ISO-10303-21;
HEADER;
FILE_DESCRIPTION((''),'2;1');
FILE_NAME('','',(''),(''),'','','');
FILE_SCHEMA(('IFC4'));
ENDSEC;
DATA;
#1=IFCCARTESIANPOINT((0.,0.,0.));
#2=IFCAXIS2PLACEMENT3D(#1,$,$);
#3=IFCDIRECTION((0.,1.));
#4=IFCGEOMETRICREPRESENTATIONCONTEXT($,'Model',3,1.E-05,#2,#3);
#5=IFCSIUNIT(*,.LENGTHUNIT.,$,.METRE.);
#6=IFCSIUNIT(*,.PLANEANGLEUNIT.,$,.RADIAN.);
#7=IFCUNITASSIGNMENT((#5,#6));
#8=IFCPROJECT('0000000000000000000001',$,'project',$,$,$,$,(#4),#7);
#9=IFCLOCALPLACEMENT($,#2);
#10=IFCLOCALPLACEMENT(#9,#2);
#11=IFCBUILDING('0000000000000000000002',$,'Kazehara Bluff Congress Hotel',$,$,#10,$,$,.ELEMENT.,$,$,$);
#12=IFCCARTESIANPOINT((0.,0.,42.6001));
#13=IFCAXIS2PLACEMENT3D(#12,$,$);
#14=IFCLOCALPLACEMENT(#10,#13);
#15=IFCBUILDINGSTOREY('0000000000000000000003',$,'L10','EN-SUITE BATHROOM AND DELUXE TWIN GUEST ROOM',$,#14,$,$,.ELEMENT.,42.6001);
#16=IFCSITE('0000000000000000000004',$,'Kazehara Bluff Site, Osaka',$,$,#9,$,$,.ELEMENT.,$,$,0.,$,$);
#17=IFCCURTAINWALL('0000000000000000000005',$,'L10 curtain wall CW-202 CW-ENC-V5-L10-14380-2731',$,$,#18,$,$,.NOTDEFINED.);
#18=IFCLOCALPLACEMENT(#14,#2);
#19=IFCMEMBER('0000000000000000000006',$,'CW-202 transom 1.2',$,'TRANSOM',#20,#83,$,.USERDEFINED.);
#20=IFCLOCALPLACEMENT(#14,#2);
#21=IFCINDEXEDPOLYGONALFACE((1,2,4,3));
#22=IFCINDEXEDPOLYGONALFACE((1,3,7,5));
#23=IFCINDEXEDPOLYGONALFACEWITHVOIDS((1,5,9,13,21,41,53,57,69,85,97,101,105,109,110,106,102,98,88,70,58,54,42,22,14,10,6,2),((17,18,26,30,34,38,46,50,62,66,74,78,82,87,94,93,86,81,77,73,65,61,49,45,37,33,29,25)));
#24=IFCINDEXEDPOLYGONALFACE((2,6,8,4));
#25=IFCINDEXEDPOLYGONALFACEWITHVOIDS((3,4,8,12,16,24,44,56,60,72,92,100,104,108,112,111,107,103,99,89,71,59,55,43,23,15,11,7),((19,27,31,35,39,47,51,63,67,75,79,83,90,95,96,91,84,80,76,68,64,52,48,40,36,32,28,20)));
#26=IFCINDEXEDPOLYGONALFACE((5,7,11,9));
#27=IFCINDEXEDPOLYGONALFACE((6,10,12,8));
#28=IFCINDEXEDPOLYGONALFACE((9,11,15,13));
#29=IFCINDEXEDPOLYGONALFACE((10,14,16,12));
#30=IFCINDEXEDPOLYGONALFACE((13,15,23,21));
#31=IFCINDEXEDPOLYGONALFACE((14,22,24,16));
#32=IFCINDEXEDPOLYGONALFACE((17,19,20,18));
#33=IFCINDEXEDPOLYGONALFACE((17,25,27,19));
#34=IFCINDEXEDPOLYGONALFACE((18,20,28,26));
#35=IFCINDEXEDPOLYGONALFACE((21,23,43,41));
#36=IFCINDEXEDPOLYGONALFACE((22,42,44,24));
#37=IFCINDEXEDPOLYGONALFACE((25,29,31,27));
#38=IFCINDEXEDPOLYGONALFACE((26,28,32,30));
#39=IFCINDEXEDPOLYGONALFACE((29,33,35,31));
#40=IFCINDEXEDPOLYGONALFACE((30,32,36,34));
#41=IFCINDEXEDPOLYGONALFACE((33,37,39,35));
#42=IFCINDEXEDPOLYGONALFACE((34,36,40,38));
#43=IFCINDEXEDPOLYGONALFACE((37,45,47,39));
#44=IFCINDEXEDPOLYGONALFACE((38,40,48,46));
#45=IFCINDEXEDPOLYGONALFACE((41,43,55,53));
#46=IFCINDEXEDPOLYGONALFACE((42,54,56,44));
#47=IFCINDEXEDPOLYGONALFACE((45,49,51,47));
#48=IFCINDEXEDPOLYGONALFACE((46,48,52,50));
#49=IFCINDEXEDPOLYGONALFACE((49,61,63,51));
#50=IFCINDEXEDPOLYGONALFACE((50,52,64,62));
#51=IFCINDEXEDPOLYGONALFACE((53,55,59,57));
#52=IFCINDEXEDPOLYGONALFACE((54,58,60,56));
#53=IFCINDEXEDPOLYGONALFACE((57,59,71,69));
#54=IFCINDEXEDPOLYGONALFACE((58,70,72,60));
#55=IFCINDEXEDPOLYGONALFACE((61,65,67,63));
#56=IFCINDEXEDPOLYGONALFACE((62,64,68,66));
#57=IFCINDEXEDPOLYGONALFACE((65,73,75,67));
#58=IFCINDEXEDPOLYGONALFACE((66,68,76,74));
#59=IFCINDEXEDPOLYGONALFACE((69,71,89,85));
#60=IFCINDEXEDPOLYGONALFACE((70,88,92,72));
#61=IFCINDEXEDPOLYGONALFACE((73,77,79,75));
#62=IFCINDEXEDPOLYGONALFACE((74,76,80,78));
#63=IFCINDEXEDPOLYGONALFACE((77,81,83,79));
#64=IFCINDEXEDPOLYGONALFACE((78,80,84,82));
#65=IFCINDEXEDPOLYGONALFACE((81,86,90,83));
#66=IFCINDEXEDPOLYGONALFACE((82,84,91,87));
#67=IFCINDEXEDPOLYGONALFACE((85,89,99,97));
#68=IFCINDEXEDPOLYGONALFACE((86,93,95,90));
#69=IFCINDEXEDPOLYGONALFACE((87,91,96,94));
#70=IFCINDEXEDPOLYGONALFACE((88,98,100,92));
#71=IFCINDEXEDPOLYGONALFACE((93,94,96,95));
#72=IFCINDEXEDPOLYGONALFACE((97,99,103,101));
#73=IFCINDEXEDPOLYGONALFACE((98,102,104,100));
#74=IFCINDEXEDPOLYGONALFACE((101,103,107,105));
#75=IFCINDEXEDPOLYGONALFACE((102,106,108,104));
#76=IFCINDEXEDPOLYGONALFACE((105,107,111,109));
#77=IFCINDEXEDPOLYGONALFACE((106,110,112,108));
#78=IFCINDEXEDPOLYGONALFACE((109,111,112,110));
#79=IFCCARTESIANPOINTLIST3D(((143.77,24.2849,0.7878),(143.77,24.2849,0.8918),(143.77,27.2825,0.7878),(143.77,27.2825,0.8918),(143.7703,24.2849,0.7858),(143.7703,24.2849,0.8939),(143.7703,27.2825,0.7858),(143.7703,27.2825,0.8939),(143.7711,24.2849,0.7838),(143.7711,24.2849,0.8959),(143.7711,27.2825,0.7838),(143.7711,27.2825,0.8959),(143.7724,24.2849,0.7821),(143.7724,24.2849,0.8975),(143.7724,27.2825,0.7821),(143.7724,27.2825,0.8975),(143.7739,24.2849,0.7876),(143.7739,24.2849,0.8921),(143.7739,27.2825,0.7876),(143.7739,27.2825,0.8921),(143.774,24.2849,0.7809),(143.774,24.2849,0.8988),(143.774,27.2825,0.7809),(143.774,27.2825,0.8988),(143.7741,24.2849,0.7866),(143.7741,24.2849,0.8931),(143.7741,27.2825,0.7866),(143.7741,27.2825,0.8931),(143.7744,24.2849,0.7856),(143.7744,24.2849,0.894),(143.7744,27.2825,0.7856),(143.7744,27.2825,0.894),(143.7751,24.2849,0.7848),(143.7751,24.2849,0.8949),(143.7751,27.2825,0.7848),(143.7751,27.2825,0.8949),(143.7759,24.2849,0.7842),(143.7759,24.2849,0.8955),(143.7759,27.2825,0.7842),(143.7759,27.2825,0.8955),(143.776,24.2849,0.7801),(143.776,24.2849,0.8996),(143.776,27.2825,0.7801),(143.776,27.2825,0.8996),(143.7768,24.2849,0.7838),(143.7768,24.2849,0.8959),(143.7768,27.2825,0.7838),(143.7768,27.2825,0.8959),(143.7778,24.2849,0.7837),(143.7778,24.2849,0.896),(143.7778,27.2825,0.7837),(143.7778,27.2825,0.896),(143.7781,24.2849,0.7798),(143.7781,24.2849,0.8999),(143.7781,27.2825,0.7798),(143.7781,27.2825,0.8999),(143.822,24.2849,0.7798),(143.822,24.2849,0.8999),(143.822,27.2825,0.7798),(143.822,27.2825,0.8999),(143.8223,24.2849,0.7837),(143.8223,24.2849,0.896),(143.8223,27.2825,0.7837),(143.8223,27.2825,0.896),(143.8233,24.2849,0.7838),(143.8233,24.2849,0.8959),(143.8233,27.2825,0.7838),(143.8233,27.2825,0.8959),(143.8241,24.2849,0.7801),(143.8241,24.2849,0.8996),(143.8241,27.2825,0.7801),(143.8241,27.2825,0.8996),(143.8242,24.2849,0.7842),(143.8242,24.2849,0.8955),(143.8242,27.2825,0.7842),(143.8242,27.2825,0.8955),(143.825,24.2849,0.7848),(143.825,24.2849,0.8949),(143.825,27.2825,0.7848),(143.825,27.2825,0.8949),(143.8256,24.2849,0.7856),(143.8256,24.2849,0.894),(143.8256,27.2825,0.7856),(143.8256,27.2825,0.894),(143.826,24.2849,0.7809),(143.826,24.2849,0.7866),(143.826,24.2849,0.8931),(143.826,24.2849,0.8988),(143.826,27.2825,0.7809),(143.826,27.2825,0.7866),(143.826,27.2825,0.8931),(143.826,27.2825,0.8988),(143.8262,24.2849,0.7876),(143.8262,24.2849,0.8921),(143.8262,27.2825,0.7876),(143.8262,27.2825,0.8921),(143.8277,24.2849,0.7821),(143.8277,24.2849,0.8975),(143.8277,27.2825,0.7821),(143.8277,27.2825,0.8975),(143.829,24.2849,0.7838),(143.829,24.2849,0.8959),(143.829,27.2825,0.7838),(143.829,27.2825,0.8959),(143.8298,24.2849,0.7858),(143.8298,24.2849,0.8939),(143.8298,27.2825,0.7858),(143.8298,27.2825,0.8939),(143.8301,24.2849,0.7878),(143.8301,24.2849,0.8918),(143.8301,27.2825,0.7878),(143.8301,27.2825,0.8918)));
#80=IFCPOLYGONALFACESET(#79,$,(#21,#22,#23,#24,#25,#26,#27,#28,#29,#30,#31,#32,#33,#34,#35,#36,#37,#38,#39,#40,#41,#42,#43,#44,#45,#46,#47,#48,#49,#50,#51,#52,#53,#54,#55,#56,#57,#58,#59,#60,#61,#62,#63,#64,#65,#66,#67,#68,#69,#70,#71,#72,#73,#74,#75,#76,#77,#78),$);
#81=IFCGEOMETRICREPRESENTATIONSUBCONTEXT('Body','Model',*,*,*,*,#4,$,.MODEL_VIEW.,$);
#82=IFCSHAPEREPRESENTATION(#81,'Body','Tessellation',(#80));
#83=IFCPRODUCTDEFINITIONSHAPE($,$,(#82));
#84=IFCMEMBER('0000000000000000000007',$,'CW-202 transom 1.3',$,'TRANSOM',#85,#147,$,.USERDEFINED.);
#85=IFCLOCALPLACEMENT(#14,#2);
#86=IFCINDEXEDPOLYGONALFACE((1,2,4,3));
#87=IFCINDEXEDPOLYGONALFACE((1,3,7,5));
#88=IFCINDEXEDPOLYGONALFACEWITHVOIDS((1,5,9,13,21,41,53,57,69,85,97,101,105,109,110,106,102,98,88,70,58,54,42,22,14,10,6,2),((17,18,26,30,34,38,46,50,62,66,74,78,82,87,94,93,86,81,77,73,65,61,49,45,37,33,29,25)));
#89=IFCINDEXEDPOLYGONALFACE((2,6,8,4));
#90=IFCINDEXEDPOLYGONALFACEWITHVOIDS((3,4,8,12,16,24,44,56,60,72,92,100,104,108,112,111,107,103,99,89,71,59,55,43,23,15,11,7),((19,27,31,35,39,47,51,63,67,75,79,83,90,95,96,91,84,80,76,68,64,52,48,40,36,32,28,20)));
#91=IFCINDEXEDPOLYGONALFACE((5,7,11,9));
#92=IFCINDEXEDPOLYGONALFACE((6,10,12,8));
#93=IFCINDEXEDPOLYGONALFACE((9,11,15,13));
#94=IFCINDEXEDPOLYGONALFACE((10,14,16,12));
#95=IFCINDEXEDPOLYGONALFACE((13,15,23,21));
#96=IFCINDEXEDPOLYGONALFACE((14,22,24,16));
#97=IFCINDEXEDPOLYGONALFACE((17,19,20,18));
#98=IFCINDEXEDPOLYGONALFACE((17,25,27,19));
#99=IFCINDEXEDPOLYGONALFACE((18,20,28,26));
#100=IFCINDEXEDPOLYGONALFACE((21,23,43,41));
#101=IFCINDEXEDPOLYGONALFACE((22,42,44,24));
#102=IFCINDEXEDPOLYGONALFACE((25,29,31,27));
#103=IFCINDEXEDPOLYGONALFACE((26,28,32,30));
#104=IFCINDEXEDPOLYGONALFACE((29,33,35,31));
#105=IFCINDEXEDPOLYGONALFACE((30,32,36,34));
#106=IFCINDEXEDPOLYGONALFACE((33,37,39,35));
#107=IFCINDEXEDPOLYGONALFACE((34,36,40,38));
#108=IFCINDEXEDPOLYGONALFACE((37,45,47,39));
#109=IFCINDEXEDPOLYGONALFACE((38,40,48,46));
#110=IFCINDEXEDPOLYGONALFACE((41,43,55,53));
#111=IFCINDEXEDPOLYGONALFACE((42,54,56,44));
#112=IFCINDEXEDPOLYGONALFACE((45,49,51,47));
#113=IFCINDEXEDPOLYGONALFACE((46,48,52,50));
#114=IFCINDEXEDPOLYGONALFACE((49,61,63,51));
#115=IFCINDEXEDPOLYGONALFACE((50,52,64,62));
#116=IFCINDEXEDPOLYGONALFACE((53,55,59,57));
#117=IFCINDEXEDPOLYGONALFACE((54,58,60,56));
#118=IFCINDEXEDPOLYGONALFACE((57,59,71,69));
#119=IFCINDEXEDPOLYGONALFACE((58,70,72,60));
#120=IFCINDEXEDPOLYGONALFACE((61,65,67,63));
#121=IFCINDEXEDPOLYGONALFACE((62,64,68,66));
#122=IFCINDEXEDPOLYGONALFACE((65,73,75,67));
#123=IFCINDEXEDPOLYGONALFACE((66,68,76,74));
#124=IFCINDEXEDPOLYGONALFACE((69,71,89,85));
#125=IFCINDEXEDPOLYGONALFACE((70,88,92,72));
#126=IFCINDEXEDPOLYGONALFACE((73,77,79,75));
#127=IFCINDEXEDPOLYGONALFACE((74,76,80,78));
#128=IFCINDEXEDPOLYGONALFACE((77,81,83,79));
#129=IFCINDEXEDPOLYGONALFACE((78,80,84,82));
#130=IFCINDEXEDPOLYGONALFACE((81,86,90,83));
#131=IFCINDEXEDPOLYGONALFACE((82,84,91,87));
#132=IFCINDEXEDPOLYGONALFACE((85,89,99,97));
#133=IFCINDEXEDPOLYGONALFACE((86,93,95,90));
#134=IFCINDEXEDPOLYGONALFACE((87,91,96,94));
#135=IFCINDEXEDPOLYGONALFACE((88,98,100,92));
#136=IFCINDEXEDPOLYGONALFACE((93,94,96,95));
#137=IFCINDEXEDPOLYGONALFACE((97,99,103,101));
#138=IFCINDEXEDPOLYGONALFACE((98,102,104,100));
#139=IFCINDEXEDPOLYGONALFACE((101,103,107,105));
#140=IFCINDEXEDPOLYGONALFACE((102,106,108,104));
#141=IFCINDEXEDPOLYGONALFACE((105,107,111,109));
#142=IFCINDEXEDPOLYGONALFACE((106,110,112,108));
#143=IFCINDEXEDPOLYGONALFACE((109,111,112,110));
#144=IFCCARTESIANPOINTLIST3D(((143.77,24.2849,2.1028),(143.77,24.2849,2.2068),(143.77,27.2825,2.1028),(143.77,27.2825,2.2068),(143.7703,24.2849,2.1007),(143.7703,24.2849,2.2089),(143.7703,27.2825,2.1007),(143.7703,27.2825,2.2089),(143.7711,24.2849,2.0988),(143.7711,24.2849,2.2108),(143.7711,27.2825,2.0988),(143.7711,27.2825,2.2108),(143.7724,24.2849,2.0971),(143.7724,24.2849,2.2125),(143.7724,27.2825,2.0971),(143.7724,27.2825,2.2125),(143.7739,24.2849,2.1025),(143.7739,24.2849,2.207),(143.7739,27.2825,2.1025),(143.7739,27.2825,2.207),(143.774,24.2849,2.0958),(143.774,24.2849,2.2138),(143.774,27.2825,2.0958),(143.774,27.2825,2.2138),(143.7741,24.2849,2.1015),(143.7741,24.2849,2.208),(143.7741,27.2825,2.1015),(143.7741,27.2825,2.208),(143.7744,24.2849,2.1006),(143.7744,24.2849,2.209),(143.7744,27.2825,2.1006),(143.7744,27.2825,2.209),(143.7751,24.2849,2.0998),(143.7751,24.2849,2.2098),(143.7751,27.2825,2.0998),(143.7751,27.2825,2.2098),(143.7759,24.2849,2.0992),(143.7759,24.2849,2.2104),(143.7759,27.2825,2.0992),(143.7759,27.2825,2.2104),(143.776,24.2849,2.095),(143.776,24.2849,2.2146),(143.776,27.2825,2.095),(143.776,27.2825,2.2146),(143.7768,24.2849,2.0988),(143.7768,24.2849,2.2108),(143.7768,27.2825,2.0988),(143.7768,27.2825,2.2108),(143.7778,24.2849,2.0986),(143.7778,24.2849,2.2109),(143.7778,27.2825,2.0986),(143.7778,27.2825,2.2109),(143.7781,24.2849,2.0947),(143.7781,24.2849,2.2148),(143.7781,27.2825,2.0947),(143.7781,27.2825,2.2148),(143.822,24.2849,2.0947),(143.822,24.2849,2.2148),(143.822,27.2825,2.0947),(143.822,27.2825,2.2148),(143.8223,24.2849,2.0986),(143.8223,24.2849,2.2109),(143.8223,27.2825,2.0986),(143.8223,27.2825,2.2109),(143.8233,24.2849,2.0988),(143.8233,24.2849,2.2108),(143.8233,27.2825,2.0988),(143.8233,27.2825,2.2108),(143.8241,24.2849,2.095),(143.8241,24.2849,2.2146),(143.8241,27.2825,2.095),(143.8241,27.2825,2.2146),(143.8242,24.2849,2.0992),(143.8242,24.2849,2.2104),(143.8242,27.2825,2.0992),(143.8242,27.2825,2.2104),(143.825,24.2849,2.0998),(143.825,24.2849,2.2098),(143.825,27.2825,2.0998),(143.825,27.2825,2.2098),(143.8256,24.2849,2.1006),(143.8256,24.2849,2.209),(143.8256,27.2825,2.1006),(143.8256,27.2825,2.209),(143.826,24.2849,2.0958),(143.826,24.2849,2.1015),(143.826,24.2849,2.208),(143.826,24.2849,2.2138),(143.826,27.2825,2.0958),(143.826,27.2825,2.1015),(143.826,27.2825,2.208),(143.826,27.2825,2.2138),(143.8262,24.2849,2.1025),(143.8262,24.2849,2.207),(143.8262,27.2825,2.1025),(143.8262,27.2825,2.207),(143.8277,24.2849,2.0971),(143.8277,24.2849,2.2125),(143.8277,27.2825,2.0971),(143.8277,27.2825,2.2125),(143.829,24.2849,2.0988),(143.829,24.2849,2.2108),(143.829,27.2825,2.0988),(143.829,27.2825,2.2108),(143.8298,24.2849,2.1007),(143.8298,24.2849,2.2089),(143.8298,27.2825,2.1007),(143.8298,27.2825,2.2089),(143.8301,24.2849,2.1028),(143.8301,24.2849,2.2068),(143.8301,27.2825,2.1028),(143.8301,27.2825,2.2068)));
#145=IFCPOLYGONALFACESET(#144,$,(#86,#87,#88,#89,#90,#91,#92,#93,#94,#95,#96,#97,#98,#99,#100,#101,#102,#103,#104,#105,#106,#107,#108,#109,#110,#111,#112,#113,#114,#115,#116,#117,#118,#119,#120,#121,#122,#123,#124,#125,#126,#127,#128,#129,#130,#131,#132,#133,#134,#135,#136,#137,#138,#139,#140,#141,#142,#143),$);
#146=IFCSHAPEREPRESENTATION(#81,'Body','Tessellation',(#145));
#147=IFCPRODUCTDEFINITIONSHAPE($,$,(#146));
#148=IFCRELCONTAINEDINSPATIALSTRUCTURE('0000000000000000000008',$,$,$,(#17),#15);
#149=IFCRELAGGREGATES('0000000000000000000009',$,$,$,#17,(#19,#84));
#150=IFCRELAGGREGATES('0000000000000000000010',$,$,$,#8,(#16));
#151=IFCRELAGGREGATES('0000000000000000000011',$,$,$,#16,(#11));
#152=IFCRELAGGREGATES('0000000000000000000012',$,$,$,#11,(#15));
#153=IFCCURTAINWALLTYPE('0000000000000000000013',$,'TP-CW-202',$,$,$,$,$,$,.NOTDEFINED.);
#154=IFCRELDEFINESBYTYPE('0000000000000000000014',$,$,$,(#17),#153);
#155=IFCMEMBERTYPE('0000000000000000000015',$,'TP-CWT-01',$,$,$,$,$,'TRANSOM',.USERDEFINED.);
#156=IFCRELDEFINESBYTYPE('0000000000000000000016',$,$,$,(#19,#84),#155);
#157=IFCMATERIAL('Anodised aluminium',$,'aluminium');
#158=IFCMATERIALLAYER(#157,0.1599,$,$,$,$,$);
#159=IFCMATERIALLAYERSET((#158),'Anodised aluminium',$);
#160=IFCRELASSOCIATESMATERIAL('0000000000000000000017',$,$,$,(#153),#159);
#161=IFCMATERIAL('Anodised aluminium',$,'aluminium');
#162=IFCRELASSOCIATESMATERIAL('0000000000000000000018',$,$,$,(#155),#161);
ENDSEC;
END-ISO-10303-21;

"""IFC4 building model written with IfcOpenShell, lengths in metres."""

from ifc_helpers import new_model, si_unit, direction, frame, origin, origin_2d, place, context, subcontext, project, spatial, hollow_rectangle, extrude, material, layer, layer_set, material_profile, profile_set, type_object, element, aggregate, save


model = new_model("IFC4")

# Units and contexts
model_context = context("Model", 3, precision=1e-05, world=origin(), true_north=direction((0.0, 1.0)))
body_context = subcontext(model_context, "Body", "Model", "MODEL_VIEW")
ifc_project = project(units=[si_unit("LENGTHUNIT", "METRE"), si_unit("PLANEANGLEUNIT", "RADIAN")], contexts=[model_context])

# Site, building, storey
site_placement = place(None, origin())
site = spatial("IfcSite", under=ifc_project, at=site_placement, Name="Kazehara Bluff Site, Osaka", CompositionType="ELEMENT", RefElevation=0.0)
building_placement = place(site_placement, origin())
building = spatial("IfcBuilding", under=site, at=building_placement, Name="Kazehara Bluff Congress Hotel", CompositionType="ELEMENT")
storey_placement = place(building_placement, frame((0.0, 0.0, 42.6001)))
storey = spatial("IfcBuildingStorey", under=building, at=storey_placement, Name="L10", Description="EN-SUITE BATHROOM AND DELUXE TWIN GUEST ROOM", CompositionType="ELEMENT", Elevation=42.6001)

# Curtain wall
ifc_material_1 = material(Name="Anodised aluminium", Category="aluminium")
ifc_layer_1 = layer(ifc_material_1, 0.1599)
ifc_layer_set_1 = layer_set([ifc_layer_1], Name="Anodised aluminium")
curtain_wall_type_1 = type_object("IfcCurtainWallType", Name="TP-CW-202", PredefinedType="NOTDEFINED", material=ifc_layer_set_1)
curtain_wall_1_placement = place(storey_placement, origin())
curtain_wall_1 = element("IfcCurtainWall", 1, at=curtain_wall_1_placement, inside=storey, type_object=curtain_wall_type_1, Name="L10 curtain wall CW-202 CW-ENC-V5-L10-14380-2731", PredefinedType="NOTDEFINED")

# Members
ifc_material_2 = material(Name="Anodised aluminium", Category="aluminium")
ifc_material_profile_1 = material_profile(ifc_material_2, hollow_rectangle(XDim=0.0601, YDim=0.1201, WallThickness=0.0039, InnerFilletRadius=0.0039, OuterFilletRadius=0.0081, at=origin_2d()))
ifc_profile_set_1 = profile_set([ifc_material_profile_1], Name="Anodised aluminium")
member_type_1 = type_object("IfcMemberType", Name="TP-CWT-01", ElementType="TRANSOM", PredefinedType="USERDEFINED", material=ifc_profile_set_1)
member_1_placement = place(storey_placement, frame((143.8, 24.2849, 0.8398), z_axis=(0.0, 1.0, 0.0), x_axis=(-1.0, 0.0, 0.0)))
member_1 = element("IfcMember", 2, at=member_1_placement, type_object=member_type_1, Name="CW-202 transom 1.2", ObjectType="TRANSOM", PredefinedType="USERDEFINED", context=body_context, shape_type="SweptSolid", body=[
    extrude(hollow_rectangle(XDim=0.0601, YDim=0.1201, WallThickness=0.0039, InnerFilletRadius=0.0039, OuterFilletRadius=0.0081, at=origin_2d()), origin(), (0.0, 0.0, 1.0), 2.9976),
])
member_2_placement = place(storey_placement, frame((143.8, 24.2849, 2.1548), z_axis=(0.0, 1.0, 0.0), x_axis=(-1.0, 0.0, 0.0)))
member_2 = element("IfcMember", 3, at=member_2_placement, type_object=member_type_1, Name="CW-202 transom 1.3", ObjectType="TRANSOM", PredefinedType="USERDEFINED", context=body_context, shape_type="SweptSolid", body=[
    extrude(hollow_rectangle(XDim=0.0601, YDim=0.1201, WallThickness=0.0039, InnerFilletRadius=0.0039, OuterFilletRadius=0.0081, at=origin_2d()), origin(), (0.0, 0.0, 1.0), 2.9976),
])

aggregate(curtain_wall_1, [member_1, member_2])

save(model, "model.ifc")
